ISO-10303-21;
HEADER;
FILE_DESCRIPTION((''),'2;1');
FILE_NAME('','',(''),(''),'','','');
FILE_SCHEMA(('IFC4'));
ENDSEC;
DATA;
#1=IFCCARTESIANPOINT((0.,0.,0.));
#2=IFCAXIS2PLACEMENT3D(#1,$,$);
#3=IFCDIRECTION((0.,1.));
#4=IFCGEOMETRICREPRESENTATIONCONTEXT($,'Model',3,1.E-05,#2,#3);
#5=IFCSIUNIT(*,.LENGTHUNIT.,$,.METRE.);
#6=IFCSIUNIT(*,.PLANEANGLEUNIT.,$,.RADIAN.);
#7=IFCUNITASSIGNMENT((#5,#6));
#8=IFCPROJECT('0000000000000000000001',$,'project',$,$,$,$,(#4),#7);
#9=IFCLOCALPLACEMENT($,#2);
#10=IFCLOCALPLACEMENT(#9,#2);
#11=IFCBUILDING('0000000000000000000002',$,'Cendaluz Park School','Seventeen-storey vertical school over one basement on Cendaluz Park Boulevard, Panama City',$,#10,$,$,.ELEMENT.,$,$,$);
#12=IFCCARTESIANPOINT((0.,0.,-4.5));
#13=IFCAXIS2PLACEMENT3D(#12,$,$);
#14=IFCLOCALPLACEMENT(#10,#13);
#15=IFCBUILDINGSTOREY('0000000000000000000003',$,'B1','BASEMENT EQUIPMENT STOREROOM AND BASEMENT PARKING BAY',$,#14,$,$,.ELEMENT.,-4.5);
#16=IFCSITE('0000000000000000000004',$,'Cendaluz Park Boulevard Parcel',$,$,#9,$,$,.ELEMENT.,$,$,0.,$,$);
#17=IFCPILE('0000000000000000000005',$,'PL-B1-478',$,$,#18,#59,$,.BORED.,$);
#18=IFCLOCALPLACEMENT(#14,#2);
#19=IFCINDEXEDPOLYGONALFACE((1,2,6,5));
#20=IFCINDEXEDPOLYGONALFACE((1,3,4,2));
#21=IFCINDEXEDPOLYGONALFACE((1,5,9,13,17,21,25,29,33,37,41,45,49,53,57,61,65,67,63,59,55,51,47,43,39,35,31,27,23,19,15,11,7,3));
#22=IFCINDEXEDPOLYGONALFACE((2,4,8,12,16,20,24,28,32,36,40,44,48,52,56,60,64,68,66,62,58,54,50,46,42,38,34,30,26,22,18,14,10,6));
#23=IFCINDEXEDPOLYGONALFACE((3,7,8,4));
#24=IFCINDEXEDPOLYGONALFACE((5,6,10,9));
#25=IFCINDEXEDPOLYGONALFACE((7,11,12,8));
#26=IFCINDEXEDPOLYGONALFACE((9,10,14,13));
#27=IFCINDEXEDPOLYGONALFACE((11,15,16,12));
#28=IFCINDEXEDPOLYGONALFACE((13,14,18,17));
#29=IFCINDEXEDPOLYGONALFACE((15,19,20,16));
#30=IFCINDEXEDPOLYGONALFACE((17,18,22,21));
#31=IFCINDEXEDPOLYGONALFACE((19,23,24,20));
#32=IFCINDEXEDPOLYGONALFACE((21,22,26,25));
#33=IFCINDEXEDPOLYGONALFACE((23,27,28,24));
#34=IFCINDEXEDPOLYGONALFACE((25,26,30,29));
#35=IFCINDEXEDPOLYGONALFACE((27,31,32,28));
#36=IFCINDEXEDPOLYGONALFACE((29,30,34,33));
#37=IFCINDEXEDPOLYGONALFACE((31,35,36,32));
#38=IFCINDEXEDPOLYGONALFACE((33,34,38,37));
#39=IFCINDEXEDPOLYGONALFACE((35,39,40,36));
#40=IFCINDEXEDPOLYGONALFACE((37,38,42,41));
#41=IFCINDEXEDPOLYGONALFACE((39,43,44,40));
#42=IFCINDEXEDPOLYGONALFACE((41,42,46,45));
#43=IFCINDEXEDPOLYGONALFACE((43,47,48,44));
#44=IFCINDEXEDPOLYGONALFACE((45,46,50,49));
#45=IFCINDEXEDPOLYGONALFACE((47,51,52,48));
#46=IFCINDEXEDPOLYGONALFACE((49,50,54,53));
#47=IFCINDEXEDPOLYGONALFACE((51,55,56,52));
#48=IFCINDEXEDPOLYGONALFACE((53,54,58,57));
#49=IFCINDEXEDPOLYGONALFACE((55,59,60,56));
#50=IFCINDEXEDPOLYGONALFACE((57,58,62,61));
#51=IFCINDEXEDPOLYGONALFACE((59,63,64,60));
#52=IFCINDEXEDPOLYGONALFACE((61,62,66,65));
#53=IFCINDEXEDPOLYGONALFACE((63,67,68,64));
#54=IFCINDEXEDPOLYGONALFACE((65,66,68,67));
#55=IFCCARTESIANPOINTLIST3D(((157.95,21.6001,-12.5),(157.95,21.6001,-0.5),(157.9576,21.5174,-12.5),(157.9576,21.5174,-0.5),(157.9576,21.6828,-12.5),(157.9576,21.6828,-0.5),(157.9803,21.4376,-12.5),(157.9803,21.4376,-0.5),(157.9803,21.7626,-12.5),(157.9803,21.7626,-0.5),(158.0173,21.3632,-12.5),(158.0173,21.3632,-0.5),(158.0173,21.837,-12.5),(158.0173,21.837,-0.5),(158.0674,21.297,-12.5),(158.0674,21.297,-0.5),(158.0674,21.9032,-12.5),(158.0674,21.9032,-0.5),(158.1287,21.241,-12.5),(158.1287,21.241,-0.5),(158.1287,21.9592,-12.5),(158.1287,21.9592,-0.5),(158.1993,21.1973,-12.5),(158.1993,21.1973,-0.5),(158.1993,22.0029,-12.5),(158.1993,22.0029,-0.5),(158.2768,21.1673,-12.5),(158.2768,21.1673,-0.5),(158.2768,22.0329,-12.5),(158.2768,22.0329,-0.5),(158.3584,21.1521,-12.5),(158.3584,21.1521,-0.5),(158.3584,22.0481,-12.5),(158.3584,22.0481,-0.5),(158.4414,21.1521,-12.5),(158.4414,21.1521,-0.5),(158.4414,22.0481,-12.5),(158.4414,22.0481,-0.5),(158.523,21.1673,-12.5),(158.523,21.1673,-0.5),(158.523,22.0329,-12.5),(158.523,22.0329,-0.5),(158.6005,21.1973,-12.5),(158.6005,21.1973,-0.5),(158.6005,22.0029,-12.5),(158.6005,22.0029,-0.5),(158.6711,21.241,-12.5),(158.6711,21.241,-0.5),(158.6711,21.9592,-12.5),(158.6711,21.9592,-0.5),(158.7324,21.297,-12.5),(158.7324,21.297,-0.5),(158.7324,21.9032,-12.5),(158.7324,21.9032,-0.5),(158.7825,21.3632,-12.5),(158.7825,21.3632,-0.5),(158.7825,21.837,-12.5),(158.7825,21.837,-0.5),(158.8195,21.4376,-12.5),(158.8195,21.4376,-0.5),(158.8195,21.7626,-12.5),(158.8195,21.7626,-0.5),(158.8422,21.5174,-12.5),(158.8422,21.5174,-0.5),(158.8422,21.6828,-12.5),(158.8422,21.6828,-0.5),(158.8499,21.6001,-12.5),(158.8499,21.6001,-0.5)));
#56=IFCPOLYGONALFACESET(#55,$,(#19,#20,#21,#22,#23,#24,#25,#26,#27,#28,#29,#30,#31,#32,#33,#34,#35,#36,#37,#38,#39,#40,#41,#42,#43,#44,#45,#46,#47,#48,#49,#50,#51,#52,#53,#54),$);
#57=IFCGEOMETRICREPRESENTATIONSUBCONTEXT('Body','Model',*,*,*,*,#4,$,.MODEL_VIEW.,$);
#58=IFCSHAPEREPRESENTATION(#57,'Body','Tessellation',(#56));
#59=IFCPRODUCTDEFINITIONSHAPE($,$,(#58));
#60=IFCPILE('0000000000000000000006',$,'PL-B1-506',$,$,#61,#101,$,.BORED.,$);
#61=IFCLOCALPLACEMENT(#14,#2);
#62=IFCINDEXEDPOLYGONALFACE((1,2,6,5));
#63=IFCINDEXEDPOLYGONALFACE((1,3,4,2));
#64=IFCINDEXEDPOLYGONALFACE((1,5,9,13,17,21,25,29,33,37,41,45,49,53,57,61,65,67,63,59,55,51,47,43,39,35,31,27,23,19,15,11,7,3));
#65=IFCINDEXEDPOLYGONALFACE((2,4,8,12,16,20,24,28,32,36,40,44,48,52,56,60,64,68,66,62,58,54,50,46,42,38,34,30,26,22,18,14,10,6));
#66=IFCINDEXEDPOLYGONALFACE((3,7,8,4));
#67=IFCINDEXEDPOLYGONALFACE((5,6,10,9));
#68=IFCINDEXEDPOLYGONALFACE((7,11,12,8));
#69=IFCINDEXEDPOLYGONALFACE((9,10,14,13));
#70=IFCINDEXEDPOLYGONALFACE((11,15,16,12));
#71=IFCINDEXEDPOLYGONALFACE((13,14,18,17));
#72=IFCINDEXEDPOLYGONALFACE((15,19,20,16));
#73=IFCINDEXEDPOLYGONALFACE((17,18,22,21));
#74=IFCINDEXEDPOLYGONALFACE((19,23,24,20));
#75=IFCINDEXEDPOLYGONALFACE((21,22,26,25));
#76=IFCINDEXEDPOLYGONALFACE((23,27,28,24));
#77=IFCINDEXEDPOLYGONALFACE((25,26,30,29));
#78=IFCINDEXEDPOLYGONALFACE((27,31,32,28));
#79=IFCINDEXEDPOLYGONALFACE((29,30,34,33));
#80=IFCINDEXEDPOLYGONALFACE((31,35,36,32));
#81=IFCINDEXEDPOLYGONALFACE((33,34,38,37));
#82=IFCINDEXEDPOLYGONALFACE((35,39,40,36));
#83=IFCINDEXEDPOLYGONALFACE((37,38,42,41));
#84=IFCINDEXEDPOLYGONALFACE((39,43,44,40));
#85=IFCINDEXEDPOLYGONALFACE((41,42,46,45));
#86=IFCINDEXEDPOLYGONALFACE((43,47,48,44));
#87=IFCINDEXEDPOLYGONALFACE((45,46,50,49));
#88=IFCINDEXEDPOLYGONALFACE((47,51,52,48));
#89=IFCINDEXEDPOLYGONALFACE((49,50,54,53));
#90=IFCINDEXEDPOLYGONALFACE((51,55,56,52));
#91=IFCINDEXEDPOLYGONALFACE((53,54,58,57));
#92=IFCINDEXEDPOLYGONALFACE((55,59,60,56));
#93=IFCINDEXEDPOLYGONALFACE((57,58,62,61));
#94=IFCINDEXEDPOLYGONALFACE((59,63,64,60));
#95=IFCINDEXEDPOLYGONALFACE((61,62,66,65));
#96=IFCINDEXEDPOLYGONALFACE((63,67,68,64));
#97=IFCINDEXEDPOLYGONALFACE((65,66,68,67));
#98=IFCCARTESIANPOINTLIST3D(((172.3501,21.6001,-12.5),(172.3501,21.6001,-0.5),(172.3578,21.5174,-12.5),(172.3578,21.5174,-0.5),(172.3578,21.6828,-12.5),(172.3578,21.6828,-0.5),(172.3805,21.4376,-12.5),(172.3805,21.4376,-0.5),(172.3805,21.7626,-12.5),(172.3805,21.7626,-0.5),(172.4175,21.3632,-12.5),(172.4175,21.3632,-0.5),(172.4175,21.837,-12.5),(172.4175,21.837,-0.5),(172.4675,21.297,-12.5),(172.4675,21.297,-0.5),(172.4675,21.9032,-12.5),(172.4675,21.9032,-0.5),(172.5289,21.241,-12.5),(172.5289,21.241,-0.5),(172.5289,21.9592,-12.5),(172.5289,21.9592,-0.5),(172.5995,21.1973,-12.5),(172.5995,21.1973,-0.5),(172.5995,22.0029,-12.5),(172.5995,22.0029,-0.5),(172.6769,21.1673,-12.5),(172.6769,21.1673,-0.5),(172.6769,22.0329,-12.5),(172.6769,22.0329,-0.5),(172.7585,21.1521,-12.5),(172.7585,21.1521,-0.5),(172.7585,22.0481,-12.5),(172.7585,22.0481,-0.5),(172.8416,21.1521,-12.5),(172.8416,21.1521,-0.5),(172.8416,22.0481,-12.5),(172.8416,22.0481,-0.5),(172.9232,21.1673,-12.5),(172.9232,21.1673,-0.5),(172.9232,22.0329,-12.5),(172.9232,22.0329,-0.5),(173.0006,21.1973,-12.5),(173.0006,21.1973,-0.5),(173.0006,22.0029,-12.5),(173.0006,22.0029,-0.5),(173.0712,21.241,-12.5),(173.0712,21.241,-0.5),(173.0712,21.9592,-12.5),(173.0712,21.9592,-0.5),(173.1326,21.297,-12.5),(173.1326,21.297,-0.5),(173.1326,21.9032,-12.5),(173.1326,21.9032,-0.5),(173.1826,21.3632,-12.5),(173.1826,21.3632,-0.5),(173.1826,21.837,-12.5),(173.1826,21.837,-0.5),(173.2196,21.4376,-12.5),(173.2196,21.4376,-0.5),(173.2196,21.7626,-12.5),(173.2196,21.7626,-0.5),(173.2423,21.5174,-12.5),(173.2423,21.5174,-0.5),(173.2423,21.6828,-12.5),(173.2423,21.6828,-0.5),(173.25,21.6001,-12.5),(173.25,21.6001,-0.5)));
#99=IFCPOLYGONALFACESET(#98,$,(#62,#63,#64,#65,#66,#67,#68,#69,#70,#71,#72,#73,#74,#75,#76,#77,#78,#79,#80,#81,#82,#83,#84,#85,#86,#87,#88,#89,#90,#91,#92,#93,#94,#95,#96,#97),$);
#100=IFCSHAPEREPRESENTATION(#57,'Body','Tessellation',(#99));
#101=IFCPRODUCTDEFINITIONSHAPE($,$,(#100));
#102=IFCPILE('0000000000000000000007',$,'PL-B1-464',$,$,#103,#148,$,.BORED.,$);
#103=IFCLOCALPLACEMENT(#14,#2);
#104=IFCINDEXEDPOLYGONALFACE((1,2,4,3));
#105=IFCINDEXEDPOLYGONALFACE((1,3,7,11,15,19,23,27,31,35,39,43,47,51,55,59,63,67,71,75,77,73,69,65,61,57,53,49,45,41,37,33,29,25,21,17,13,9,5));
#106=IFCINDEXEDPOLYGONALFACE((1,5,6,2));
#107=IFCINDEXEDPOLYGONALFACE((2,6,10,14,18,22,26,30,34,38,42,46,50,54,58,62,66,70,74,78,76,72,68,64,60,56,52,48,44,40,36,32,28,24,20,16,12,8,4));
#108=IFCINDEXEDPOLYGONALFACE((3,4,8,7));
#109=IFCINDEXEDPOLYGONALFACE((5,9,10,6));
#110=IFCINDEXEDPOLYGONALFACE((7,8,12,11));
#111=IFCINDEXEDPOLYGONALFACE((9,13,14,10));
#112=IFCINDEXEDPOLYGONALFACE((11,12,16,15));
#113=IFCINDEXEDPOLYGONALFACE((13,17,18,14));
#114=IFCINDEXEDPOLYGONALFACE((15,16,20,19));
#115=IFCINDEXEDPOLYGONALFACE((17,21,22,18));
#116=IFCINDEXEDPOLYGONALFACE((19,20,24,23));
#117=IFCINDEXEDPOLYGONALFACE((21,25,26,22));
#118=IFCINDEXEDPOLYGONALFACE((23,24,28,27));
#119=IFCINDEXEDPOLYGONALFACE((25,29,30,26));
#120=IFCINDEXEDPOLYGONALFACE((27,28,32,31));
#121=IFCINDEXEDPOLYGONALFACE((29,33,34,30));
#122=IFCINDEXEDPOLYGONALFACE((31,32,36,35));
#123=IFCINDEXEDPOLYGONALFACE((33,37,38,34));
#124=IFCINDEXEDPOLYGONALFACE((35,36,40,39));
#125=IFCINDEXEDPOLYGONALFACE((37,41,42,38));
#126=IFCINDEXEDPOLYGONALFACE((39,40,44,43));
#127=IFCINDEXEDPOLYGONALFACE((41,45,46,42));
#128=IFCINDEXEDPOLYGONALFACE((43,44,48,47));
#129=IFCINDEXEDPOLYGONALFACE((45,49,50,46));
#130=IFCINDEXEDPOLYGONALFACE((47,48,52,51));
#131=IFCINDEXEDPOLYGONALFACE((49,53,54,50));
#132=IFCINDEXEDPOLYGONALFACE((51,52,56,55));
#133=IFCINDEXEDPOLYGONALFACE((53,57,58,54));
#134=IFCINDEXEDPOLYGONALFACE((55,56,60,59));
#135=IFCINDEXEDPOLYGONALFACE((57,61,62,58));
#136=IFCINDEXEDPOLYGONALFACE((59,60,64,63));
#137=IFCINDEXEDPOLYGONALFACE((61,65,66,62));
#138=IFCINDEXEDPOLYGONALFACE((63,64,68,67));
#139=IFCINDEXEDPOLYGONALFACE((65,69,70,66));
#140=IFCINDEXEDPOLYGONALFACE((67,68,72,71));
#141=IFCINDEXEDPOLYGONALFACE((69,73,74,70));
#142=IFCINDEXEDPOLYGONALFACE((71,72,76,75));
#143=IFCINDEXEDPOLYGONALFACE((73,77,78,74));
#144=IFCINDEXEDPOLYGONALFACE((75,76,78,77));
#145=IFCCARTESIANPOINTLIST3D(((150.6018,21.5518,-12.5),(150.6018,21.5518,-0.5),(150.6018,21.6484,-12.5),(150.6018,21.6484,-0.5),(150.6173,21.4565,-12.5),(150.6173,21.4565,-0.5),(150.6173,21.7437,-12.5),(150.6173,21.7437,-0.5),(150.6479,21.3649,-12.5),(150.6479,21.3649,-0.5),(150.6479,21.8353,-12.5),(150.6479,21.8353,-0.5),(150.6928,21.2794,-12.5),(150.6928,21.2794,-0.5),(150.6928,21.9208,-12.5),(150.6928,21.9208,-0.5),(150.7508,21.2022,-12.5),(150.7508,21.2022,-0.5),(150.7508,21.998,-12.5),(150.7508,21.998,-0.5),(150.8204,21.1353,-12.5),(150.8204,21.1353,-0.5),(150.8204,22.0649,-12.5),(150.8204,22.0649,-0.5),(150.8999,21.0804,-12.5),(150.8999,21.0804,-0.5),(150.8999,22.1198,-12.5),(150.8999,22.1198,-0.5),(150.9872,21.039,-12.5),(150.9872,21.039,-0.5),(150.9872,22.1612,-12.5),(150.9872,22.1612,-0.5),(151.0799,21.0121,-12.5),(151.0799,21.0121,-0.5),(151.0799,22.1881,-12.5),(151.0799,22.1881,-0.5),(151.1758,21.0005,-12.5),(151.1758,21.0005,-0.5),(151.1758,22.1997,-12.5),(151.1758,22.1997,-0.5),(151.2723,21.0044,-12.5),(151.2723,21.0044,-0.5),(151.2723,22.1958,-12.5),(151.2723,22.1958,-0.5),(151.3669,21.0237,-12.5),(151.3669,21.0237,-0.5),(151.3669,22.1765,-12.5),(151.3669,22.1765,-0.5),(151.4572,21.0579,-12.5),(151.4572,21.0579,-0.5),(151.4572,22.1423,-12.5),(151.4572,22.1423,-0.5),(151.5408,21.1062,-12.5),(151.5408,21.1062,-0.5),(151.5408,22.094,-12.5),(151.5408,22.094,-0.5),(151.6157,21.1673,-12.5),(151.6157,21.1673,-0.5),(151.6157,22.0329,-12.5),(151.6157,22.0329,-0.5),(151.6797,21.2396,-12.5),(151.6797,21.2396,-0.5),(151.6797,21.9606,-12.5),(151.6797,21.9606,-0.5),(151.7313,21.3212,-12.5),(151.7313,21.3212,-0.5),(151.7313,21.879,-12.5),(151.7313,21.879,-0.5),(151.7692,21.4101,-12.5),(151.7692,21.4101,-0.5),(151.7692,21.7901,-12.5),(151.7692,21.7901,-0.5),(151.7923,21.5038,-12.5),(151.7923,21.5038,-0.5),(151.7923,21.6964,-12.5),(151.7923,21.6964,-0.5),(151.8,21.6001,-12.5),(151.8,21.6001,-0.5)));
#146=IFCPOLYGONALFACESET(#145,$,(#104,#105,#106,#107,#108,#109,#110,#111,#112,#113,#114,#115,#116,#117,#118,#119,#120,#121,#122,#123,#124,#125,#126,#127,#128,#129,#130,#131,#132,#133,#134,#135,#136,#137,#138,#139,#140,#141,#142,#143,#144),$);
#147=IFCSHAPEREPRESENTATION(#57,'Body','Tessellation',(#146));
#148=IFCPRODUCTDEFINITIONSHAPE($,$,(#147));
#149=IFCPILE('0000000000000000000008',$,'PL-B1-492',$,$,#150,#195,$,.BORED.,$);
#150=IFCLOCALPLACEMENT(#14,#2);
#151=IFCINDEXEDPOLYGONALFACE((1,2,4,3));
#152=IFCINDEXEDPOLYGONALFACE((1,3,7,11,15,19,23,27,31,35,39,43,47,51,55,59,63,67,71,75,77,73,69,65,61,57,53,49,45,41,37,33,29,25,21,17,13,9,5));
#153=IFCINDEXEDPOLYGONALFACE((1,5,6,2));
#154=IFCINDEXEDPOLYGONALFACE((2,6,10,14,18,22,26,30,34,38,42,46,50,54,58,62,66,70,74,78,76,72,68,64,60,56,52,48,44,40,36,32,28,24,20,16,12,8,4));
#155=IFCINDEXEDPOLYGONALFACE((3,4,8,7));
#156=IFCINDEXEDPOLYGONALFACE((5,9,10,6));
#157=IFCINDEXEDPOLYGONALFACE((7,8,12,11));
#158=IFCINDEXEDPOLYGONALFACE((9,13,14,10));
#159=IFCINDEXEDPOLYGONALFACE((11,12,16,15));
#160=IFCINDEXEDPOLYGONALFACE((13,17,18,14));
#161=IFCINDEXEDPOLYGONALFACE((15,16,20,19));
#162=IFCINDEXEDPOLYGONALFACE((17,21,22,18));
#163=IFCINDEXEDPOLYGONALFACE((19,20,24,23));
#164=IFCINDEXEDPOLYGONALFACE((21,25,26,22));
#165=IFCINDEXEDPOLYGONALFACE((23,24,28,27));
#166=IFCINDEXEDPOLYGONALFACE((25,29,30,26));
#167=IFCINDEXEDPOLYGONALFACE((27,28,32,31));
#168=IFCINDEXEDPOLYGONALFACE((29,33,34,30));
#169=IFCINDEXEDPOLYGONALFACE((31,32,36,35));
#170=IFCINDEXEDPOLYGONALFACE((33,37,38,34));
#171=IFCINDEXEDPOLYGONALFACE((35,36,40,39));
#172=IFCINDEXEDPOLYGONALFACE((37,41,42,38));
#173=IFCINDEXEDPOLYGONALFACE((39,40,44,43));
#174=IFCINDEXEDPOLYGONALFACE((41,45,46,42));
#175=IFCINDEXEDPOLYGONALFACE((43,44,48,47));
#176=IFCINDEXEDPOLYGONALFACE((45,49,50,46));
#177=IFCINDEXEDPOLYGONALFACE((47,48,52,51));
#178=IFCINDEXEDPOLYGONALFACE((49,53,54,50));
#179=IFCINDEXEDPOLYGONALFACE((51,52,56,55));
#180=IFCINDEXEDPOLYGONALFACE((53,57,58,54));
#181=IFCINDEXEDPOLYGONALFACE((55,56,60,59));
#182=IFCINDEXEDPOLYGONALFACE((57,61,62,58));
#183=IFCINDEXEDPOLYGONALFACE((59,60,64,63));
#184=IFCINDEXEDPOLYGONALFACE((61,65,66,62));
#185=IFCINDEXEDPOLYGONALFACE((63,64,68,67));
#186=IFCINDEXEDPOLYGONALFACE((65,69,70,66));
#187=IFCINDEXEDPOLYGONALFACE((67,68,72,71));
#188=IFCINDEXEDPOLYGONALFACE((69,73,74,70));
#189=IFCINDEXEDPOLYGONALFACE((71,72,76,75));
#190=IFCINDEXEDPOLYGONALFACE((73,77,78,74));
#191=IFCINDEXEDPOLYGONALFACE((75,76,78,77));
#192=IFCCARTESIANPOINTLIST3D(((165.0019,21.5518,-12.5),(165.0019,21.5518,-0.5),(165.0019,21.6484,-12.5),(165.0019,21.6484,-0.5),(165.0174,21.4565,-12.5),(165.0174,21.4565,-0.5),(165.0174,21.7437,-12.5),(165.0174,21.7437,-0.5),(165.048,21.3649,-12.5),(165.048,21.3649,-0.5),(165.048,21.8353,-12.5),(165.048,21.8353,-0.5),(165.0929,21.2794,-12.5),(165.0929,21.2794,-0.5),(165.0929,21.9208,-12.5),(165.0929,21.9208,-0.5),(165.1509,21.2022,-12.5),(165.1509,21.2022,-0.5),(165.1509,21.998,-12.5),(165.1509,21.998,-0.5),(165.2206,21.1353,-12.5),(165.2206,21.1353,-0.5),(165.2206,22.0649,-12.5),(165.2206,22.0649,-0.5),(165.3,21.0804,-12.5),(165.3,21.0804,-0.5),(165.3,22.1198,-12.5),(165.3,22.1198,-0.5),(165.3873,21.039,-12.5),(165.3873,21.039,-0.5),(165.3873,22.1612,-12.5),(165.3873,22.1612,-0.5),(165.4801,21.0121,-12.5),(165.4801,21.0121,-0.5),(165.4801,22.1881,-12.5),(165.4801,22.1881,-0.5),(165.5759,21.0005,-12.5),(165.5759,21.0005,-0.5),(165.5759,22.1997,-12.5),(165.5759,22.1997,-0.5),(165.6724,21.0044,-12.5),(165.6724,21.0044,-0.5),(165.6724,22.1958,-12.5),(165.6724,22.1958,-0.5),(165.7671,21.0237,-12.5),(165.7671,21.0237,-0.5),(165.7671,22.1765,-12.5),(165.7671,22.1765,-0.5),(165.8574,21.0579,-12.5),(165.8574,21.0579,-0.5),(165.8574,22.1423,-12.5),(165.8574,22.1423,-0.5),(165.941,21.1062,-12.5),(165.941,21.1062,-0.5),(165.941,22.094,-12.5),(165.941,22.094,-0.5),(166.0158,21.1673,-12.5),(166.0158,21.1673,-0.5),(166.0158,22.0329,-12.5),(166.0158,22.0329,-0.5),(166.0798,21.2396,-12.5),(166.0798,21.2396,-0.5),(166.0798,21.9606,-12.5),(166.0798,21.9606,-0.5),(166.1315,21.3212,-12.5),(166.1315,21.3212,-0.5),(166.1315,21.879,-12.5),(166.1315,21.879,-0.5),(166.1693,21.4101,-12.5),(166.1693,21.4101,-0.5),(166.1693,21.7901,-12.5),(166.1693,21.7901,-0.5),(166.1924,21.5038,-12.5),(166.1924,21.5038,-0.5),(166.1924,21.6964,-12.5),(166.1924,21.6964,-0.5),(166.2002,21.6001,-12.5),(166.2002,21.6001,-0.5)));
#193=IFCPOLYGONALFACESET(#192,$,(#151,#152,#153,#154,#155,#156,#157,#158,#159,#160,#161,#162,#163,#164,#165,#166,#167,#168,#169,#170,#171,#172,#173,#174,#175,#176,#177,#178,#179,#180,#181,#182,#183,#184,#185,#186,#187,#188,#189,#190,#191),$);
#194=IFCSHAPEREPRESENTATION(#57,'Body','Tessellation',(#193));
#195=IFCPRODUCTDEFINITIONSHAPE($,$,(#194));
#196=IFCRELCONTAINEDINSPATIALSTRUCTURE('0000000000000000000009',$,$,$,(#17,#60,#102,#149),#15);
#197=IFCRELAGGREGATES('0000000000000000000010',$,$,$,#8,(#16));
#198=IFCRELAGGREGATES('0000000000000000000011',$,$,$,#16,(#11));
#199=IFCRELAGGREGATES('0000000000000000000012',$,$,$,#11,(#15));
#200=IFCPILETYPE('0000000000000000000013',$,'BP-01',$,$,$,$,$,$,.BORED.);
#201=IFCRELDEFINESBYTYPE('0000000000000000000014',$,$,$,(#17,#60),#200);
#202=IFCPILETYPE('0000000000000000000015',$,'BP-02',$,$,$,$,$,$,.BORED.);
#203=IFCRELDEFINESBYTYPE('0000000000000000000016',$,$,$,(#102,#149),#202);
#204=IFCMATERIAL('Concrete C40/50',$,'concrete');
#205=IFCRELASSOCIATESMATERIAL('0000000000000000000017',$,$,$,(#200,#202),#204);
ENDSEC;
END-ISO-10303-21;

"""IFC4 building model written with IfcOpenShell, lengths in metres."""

from ifc_helpers import new_model, si_unit, direction, frame, origin, origin_2d, place, context, subcontext, project, spatial, circle, extrude, material, material_profile, profile_set, type_object, element, save


model = new_model("IFC4")

# Units and contexts
model_context = context("Model", 3, precision=1e-05, world=origin(), true_north=direction((0.0, 1.0)))
body_context = subcontext(model_context, "Body", "Model", "MODEL_VIEW")
ifc_project = project(units=[si_unit("LENGTHUNIT", "METRE"), si_unit("PLANEANGLEUNIT", "RADIAN")], contexts=[model_context])

# Site, building, storey
site_placement = place(None, origin())
site = spatial("IfcSite", under=ifc_project, at=site_placement, Name="Cendaluz Park Boulevard Parcel", CompositionType="ELEMENT", RefElevation=0.0)
building_placement = place(site_placement, origin())
building = spatial("IfcBuilding", under=site, at=building_placement, Name="Cendaluz Park School", Description="Seventeen-storey vertical school over one basement on Cendaluz Park Boulevard, Panama City", CompositionType="ELEMENT")
storey_placement = place(building_placement, frame((0.0, 0.0, -4.5)))
storey = spatial("IfcBuildingStorey", under=building, at=storey_placement, Name="B1", Description="BASEMENT EQUIPMENT STOREROOM AND BASEMENT PARKING BAY", CompositionType="ELEMENT", Elevation=-4.5)

# Piles
ifc_material_1 = material(Name="Concrete C40/50", Category="concrete")
ifc_material_profile_1 = material_profile(ifc_material_1, circle(Radius=0.45, at=origin_2d()), Name="BP D900", Category="concrete")
ifc_profile_set_1 = profile_set([ifc_material_profile_1], Name="Concrete C40/50")
pile_type_1 = type_object("IfcPileType", Name="BP-01", PredefinedType="BORED", material=ifc_profile_set_1)
for number, where, z_axis, x_axis, name in (
    (1, (158.3999, 21.6001, -0.5), (0.0, 0.0, -1.0), (1.0, 0.0, 0.0), "PL-B1-478"),
    (2, (172.8, 21.6001, -0.5), (0.0, 0.0, -1.0), (1.0, 0.0, 0.0), "PL-B1-506"),
):
    element("IfcPile", number, at=place(storey_placement, frame(where, z_axis=z_axis, x_axis=x_axis)), inside=storey, type_object=pile_type_1, Name=name, PredefinedType="BORED", context=body_context, shape_type="SweptSolid", body=[
        extrude(circle(Radius=0.45, at=origin_2d()), origin(), (0.0, 0.0, 1.0), 12.0),
    ])
ifc_material_profile_2 = material_profile(ifc_material_1, circle(Radius=0.6001, at=origin_2d()), Name="BP D1200", Category="concrete")
ifc_profile_set_2 = profile_set([ifc_material_profile_2], Name="Concrete C40/50")
pile_type_2 = type_object("IfcPileType", Name="BP-02", PredefinedType="BORED", material=ifc_profile_set_2)
for number, where, z_axis, x_axis, name in (
    (3, (151.2, 21.6001, -0.5), (0.0, 0.0, -1.0), (1.0, 0.0, 0.0), "PL-B1-464"),
    (4, (165.6001, 21.6001, -0.5), (0.0, 0.0, -1.0), (1.0, 0.0, 0.0), "PL-B1-492"),
):
    element("IfcPile", number, at=place(storey_placement, frame(where, z_axis=z_axis, x_axis=x_axis)), inside=storey, type_object=pile_type_2, Name=name, PredefinedType="BORED", context=body_context, shape_type="SweptSolid", body=[
        extrude(circle(Radius=0.6001, at=origin_2d()), origin(), (0.0, 0.0, 1.0), 12.0),
    ])

save(model, "model.ifc")
